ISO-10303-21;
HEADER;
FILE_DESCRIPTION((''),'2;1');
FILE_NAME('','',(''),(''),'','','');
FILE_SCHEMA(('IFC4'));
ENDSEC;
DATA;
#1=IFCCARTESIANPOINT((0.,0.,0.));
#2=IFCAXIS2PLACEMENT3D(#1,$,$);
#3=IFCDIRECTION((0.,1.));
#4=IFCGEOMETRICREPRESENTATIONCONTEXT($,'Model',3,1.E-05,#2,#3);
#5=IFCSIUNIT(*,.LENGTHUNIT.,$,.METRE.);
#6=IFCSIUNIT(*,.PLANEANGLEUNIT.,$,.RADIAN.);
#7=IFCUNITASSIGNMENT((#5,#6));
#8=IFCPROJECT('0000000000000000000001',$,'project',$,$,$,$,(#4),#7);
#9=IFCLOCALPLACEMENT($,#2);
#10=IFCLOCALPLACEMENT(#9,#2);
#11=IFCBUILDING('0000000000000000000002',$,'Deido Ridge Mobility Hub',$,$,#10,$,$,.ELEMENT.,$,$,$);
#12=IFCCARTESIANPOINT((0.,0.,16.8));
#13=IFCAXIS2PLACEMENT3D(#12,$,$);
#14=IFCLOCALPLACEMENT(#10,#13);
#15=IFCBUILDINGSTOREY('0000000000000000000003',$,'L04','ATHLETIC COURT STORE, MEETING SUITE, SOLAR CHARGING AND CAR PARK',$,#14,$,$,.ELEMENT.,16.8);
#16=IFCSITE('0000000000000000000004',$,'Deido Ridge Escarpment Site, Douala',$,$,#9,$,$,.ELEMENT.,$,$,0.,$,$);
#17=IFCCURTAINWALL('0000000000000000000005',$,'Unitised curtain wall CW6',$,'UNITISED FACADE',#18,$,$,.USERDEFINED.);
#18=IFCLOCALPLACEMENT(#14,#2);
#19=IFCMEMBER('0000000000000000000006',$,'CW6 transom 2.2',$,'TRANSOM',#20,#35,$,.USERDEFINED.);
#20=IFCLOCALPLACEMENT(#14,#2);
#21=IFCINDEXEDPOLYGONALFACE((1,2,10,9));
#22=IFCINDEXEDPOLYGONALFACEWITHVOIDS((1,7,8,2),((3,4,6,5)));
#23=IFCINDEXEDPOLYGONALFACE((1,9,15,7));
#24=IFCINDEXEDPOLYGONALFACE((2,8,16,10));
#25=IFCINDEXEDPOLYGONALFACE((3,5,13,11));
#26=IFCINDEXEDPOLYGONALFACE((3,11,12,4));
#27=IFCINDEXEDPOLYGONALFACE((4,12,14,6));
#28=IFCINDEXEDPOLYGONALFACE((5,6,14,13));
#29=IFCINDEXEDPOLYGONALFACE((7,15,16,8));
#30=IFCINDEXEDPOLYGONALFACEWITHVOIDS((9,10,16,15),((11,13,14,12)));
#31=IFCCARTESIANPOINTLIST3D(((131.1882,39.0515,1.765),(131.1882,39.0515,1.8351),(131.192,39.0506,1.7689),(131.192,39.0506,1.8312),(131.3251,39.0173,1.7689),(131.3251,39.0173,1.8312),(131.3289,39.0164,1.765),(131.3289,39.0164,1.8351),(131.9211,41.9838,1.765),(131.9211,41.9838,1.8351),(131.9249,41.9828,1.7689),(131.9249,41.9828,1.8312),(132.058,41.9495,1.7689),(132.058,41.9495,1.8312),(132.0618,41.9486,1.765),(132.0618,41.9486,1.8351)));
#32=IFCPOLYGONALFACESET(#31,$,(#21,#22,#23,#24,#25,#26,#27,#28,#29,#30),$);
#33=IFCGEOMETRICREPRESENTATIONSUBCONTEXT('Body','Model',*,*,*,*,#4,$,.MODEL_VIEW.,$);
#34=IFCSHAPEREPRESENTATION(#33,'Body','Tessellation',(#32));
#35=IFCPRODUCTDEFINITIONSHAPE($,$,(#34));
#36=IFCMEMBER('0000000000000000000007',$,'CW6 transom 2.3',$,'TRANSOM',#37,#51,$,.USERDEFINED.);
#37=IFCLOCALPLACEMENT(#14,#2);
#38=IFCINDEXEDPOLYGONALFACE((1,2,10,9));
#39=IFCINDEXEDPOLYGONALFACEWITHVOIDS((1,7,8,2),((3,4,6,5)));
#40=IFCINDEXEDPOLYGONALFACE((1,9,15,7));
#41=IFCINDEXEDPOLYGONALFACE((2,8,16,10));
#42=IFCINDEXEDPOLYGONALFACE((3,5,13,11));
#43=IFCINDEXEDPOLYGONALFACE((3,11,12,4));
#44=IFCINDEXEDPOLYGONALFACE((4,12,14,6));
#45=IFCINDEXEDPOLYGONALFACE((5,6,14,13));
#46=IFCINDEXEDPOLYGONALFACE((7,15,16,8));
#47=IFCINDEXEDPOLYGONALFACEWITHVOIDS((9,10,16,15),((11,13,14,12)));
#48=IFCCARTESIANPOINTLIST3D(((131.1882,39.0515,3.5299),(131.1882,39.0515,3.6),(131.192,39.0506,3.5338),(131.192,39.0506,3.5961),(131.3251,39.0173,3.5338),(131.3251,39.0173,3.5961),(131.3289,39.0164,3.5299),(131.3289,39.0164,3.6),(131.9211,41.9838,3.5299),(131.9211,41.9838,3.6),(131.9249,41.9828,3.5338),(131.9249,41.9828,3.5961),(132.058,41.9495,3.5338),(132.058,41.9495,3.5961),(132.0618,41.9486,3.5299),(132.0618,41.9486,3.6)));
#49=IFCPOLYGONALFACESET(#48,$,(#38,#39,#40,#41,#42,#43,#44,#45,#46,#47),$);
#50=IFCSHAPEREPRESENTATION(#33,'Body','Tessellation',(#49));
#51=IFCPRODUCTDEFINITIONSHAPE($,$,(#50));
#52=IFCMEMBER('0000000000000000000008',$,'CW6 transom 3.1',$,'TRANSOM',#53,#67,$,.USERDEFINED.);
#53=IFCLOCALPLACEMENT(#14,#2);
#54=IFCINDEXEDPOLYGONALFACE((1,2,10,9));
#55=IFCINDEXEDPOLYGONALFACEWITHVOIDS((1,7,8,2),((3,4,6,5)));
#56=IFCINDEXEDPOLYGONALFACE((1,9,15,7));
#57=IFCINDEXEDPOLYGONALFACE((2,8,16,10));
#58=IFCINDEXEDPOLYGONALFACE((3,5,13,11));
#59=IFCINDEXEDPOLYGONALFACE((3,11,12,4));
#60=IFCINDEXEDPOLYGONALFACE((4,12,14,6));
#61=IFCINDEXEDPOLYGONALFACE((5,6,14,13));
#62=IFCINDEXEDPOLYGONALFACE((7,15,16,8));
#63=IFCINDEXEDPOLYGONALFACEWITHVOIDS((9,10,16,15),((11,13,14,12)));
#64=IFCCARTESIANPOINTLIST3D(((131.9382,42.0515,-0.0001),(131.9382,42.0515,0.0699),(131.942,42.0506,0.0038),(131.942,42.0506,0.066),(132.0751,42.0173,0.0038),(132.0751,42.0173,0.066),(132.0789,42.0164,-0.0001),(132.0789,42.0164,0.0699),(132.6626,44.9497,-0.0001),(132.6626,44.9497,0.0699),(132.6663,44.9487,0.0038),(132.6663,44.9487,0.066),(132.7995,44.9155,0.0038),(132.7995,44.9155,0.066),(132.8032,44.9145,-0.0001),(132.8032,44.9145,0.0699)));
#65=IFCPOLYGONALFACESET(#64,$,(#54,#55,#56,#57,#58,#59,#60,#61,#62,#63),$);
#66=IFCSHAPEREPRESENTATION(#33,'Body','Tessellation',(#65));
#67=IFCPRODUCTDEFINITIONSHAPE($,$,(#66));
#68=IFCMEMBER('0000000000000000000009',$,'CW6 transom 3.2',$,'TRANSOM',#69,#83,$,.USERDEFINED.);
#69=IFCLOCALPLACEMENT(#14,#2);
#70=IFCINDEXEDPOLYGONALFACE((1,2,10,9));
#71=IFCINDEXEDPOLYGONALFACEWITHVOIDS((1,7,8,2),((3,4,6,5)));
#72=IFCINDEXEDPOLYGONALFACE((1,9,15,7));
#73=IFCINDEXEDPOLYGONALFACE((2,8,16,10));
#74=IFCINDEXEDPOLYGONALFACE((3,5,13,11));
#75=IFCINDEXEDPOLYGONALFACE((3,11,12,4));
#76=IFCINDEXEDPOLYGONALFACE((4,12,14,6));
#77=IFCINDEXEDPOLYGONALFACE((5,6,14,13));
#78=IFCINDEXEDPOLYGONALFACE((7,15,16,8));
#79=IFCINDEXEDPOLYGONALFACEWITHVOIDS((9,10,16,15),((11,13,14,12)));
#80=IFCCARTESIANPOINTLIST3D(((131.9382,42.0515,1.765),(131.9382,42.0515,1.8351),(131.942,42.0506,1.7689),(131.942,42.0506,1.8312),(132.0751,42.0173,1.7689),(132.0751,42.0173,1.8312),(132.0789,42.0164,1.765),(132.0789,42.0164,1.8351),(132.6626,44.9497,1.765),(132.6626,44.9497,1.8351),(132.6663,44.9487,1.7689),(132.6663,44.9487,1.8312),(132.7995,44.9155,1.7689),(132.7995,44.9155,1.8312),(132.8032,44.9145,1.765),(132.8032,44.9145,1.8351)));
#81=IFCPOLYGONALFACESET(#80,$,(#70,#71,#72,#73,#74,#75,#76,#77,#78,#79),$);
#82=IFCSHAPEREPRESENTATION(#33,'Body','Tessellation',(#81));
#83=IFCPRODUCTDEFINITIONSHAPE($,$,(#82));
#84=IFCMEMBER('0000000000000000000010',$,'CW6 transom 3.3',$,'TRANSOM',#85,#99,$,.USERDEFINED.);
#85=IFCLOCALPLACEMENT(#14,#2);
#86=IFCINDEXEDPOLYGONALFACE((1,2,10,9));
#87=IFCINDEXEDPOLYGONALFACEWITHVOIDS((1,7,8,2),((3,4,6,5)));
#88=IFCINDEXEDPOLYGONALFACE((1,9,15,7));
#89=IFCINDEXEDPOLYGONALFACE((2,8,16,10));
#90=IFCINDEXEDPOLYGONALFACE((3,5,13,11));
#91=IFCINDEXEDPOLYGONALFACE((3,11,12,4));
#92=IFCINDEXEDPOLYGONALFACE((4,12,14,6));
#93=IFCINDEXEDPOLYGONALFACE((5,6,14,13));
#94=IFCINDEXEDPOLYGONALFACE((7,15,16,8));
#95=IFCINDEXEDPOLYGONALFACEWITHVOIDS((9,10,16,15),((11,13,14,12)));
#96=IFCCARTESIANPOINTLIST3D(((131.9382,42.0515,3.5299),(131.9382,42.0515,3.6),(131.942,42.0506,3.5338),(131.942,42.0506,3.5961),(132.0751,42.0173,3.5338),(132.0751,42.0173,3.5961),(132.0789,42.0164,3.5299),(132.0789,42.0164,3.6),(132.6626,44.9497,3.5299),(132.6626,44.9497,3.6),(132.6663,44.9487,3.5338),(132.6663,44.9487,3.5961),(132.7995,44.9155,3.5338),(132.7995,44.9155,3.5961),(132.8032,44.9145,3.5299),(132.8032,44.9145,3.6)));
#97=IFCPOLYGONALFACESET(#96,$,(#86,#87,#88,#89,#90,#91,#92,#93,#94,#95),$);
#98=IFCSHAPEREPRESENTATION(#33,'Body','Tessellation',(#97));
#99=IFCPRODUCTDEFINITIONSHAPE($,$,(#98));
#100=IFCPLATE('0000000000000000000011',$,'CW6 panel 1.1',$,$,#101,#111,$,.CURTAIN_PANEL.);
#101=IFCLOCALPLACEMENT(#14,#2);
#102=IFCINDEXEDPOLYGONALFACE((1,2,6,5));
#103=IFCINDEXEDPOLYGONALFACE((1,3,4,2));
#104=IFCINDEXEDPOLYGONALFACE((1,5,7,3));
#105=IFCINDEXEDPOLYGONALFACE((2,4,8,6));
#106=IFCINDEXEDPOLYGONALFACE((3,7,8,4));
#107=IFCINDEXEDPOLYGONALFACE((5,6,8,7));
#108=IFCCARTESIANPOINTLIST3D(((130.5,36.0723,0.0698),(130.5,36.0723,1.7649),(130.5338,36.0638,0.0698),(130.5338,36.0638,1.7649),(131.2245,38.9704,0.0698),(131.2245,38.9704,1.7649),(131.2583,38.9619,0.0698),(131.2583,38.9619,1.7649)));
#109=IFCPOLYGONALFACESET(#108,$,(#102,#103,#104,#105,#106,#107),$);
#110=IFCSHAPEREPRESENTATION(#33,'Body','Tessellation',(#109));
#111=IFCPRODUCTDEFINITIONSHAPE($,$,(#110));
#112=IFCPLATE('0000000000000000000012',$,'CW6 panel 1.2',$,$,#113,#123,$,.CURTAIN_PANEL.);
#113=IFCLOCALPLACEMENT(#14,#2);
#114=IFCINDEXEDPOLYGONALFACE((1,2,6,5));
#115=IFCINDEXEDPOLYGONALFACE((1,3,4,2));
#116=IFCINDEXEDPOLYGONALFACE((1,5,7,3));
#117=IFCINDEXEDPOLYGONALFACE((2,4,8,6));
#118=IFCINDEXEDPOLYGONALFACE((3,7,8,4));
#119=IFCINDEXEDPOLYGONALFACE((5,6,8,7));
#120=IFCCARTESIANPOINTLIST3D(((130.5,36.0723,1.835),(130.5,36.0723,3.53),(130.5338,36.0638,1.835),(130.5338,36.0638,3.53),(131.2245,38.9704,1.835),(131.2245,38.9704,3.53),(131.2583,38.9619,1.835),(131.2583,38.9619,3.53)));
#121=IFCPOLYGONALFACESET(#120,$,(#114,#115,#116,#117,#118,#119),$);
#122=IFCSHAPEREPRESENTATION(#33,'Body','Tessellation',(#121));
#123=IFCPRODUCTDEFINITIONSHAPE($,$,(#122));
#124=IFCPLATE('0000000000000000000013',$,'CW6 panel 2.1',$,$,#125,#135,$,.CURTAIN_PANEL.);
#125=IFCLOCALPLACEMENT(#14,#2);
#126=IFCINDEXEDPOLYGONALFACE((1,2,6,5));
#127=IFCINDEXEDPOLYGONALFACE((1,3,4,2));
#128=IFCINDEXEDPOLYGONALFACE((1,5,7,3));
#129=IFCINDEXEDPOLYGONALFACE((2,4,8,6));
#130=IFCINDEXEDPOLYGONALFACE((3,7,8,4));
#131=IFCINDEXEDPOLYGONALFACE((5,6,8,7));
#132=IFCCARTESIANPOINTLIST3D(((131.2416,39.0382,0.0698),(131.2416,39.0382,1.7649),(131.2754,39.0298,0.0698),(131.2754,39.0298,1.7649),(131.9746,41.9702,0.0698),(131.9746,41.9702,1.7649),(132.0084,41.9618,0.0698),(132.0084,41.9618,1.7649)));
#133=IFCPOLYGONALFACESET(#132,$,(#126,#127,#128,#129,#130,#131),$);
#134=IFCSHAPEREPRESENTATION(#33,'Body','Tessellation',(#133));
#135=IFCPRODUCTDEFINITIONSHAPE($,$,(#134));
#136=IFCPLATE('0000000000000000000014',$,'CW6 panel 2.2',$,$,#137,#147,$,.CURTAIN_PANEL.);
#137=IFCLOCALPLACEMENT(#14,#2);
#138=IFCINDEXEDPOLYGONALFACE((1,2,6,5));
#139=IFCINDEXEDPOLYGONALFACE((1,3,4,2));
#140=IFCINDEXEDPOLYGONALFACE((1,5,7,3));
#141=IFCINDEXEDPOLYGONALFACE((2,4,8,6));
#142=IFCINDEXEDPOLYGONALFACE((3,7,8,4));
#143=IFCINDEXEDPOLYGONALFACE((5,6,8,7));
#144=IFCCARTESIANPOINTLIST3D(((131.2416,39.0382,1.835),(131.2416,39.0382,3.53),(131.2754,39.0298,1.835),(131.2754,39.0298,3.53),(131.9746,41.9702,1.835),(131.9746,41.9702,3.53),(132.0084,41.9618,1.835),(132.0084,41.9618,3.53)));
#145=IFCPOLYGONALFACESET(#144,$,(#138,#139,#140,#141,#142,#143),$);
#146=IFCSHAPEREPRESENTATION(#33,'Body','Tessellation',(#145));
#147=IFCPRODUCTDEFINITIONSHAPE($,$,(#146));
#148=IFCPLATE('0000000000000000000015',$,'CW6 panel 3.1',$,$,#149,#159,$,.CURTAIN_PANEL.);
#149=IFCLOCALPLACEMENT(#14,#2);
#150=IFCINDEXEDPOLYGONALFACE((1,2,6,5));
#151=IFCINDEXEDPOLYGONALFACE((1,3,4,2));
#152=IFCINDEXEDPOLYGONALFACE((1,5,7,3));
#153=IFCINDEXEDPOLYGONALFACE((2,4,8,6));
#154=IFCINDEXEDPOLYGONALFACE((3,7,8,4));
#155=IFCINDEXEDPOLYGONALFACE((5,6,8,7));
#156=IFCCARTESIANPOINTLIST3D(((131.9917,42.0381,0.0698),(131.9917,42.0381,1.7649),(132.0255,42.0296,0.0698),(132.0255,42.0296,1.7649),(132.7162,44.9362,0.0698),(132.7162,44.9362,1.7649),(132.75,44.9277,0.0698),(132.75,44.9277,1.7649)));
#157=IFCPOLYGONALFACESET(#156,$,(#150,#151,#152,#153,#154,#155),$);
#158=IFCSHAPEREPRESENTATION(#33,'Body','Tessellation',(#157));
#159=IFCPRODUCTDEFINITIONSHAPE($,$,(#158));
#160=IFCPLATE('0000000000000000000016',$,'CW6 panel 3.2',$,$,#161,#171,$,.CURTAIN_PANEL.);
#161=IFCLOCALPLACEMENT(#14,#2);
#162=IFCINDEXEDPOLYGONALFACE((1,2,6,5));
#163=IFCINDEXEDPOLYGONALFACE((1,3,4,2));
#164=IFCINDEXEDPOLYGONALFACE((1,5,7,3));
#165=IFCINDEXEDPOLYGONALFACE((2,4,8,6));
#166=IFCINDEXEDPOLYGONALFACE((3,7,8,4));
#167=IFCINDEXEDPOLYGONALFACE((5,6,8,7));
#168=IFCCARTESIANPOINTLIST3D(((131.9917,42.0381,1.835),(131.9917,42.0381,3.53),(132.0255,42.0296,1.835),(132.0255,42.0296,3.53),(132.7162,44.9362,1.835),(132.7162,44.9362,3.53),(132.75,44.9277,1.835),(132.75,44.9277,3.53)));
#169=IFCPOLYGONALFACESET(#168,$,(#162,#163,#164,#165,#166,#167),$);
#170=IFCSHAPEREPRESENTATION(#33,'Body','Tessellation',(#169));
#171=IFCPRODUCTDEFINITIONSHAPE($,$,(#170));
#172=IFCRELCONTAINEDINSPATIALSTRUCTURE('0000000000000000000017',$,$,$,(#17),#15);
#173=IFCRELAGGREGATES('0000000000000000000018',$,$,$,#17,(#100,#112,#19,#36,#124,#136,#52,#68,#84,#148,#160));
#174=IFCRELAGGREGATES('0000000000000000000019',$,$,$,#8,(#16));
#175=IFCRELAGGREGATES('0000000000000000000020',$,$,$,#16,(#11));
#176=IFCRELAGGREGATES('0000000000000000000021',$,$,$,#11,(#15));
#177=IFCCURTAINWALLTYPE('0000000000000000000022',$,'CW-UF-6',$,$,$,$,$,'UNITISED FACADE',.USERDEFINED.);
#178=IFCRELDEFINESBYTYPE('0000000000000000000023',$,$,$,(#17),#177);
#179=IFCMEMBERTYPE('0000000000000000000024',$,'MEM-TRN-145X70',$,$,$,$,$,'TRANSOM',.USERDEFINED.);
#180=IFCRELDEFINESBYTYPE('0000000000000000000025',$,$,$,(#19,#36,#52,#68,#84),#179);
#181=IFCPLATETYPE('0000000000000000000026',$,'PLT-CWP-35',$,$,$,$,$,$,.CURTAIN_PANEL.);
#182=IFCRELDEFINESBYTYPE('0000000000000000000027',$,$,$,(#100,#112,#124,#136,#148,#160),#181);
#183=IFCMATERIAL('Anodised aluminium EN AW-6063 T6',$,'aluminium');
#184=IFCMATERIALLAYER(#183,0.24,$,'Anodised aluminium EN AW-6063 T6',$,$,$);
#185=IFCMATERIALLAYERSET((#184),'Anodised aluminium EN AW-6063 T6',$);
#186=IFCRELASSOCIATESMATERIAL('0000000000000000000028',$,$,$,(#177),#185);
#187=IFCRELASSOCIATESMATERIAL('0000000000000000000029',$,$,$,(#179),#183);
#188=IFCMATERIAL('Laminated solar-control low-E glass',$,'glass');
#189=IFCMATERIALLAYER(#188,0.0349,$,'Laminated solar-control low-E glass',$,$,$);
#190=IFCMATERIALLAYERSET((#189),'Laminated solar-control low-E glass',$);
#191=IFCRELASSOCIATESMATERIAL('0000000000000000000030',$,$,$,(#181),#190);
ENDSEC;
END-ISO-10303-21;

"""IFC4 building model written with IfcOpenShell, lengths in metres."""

from ifc_helpers import new_model, si_unit, direction, frame, origin, origin_2d, place, context, subcontext, project, spatial, rectangle, hollow_rectangle, extrude, material, layer, layer_set, material_profile, profile_set, type_object, element, aggregate, save


model = new_model("IFC4")

# Units and contexts
model_context = context("Model", 3, precision=1e-05, world=origin(), true_north=direction((0.0, 1.0)))
body_context = subcontext(model_context, "Body", "Model", "MODEL_VIEW")
ifc_project = project(units=[si_unit("LENGTHUNIT", "METRE"), si_unit("PLANEANGLEUNIT", "RADIAN")], contexts=[model_context])

# Site, building, storey
site_placement = place(None, origin())
site = spatial("IfcSite", under=ifc_project, at=site_placement, Name="Deido Ridge Escarpment Site, Douala", CompositionType="ELEMENT", RefElevation=0.0)
building_placement = place(site_placement, origin())
building = spatial("IfcBuilding", under=site, at=building_placement, Name="Deido Ridge Mobility Hub", CompositionType="ELEMENT")
storey_placement = place(building_placement, frame((0.0, 0.0, 16.8)))
storey = spatial("IfcBuildingStorey", under=building, at=storey_placement, Name="L04", Description="ATHLETIC COURT STORE, MEETING SUITE, SOLAR CHARGING AND CAR PARK", CompositionType="ELEMENT", Elevation=16.8)

# Curtain wall, members, plates
ifc_material_1 = material(Name="Anodised aluminium EN AW-6063 T6", Category="aluminium")
ifc_layer_1 = layer(ifc_material_1, 0.24, Name="Anodised aluminium EN AW-6063 T6")
ifc_layer_set_1 = layer_set([ifc_layer_1], Name="Anodised aluminium EN AW-6063 T6")
curtain_wall_type = type_object("IfcCurtainWallType", Name="CW-UF-6", ElementType="UNITISED FACADE", PredefinedType="USERDEFINED", material=ifc_layer_set_1)
curtain_wall_placement = place(storey_placement, origin())
curtain_wall = element("IfcCurtainWall", 1, at=curtain_wall_placement, inside=storey, type_object=curtain_wall_type, Name="Unitised curtain wall CW6", ObjectType="UNITISED FACADE", PredefinedType="USERDEFINED")
ifc_material_profile_1 = material_profile(ifc_material_1, hollow_rectangle(XDim=0.145, YDim=0.0701, WallThickness=0.0039, at=origin_2d()), Name="RHS 145x70x4")
ifc_profile_set_1 = profile_set([ifc_material_profile_1], Name="Anodised aluminium EN AW-6063 T6")
member_type_1 = type_object("IfcMemberType", Name="MEM-TRN-145X70", ElementType="TRANSOM", PredefinedType="USERDEFINED", material=ifc_profile_set_1)
member_1_placement = place(storey_placement, frame((131.2585, 39.0339, 1.8), z_axis=(0.242498, 0.970152, 0.0), x_axis=(-0.970152, 0.242498, 0.0)))
member_1 = element("IfcMember", 2, at=member_1_placement, type_object=member_type_1, Name="CW6 transom 2.2", ObjectType="TRANSOM", PredefinedType="USERDEFINED", context=body_context, shape_type="SweptSolid", body=[
    extrude(hollow_rectangle(XDim=0.145, YDim=0.0701, WallThickness=0.0039, at=origin_2d()), origin(), (0.0, 0.0, 1.0), 3.0225),
])
member_2_placement = place(storey_placement, frame((131.2585, 39.0339, 3.5649), z_axis=(0.242498, 0.970152, 0.0), x_axis=(-0.970152, 0.242498, 0.0)))
member_2 = element("IfcMember", 3, at=member_2_placement, type_object=member_type_1, Name="CW6 transom 2.3", ObjectType="TRANSOM", PredefinedType="USERDEFINED", context=body_context, shape_type="SweptSolid", body=[
    extrude(hollow_rectangle(XDim=0.145, YDim=0.0701, WallThickness=0.0039, at=origin_2d()), origin(), (0.0, 0.0, 1.0), 3.0225),
])
member_3_placement = place(storey_placement, frame((132.0085, 42.0339, 0.0349), z_axis=(0.242478, 0.970157, 0.0), x_axis=(-0.970157, 0.242478, 0.0)))
member_3 = element("IfcMember", 4, at=member_3_placement, type_object=member_type_1, Name="CW6 transom 3.1", ObjectType="TRANSOM", PredefinedType="USERDEFINED", context=body_context, shape_type="SweptSolid", body=[
    extrude(hollow_rectangle(XDim=0.145, YDim=0.0701, WallThickness=0.0039, at=origin_2d()), origin(), (0.0, 0.0, 1.0), 2.9873),
])
member_4_placement = place(storey_placement, frame((132.0085, 42.0339, 1.8), z_axis=(0.242478, 0.970157, 0.0), x_axis=(-0.970157, 0.242478, 0.0)))
member_4 = element("IfcMember", 5, at=member_4_placement, type_object=member_type_1, Name="CW6 transom 3.2", ObjectType="TRANSOM", PredefinedType="USERDEFINED", context=body_context, shape_type="SweptSolid", body=[
    extrude(hollow_rectangle(XDim=0.145, YDim=0.0701, WallThickness=0.0039, at=origin_2d()), origin(), (0.0, 0.0, 1.0), 2.9873),
])
member_5_placement = place(storey_placement, frame((132.0085, 42.0339, 3.5649), z_axis=(0.242478, 0.970157, 0.0), x_axis=(-0.970157, 0.242478, 0.0)))
member_5 = element("IfcMember", 6, at=member_5_placement, type_object=member_type_1, Name="CW6 transom 3.3", ObjectType="TRANSOM", PredefinedType="USERDEFINED", context=body_context, shape_type="SweptSolid", body=[
    extrude(hollow_rectangle(XDim=0.145, YDim=0.0701, WallThickness=0.0039, at=origin_2d()), origin(), (0.0, 0.0, 1.0), 2.9873),
])
ifc_material_2 = material(Name="Laminated solar-control low-E glass", Category="glass")
ifc_layer_2 = layer(ifc_material_2, 0.0349, Name="Laminated solar-control low-E glass")
ifc_layer_set_2 = layer_set([ifc_layer_2], Name="Laminated solar-control low-E glass")
plate_type = type_object("IfcPlateType", Name="PLT-CWP-35", PredefinedType="CURTAIN_PANEL", material=ifc_layer_set_2)
plate_1_placement = place(storey_placement, frame((130.8792, 37.5171, 0.0698), z_axis=(0.0, 0.0, 1.0), x_axis=(0.242536, 0.970143, 0.0)))
plate_1 = element("IfcPlate", 7, at=plate_1_placement, type_object=plate_type, Name="CW6 panel 1.1", PredefinedType="CURTAIN_PANEL", context=body_context, shape_type="SweptSolid", body=[
    extrude(rectangle(XDim=2.9873, YDim=0.0349, at=origin_2d()), origin(), (0.0, 0.0, 1.0), 1.6951),
])
plate_2_placement = place(storey_placement, frame((130.8792, 37.5171, 1.835), z_axis=(0.0, 0.0, 1.0), x_axis=(0.242536, 0.970143, 0.0)))
plate_2 = element("IfcPlate", 8, at=plate_2_placement, type_object=plate_type, Name="CW6 panel 1.2", PredefinedType="CURTAIN_PANEL", context=body_context, shape_type="SweptSolid", body=[
    extrude(rectangle(XDim=2.9873, YDim=0.0349, at=origin_2d()), origin(), (0.0, 0.0, 1.0), 1.6951),
])
plate_3_placement = place(storey_placement, frame((131.625, 40.5, 0.0698), z_axis=(0.0, 0.0, 1.0), x_axis=(0.242536, 0.970143, 0.0)))
plate_3 = element("IfcPlate", 9, at=plate_3_placement, type_object=plate_type, Name="CW6 panel 2.1", PredefinedType="CURTAIN_PANEL", context=body_context, shape_type="SweptSolid", body=[
    extrude(rectangle(XDim=3.0222, YDim=0.0349, at=origin_2d()), origin(), (0.0, 0.0, 1.0), 1.6951),
])
plate_4_placement = place(storey_placement, frame((131.625, 40.5, 1.835), z_axis=(0.0, 0.0, 1.0), x_axis=(0.242536, 0.970143, 0.0)))
plate_4 = element("IfcPlate", 10, at=plate_4_placement, type_object=plate_type, Name="CW6 panel 2.2", PredefinedType="CURTAIN_PANEL", context=body_context, shape_type="SweptSolid", body=[
    extrude(rectangle(XDim=3.0222, YDim=0.0349, at=origin_2d()), origin(), (0.0, 0.0, 1.0), 1.6951),
])
plate_5_placement = place(storey_placement, frame((132.3708, 43.4829, 0.0698), z_axis=(0.0, 0.0, 1.0), x_axis=(0.242536, 0.970143, 0.0)))
plate_5 = element("IfcPlate", 11, at=plate_5_placement, type_object=plate_type, Name="CW6 panel 3.1", PredefinedType="CURTAIN_PANEL", context=body_context, shape_type="SweptSolid", body=[
    extrude(rectangle(XDim=2.9873, YDim=0.0349, at=origin_2d()), origin(), (0.0, 0.0, 1.0), 1.6951),
])
plate_6_placement = place(storey_placement, frame((132.3708, 43.4829, 1.835), z_axis=(0.0, 0.0, 1.0), x_axis=(0.242536, 0.970143, 0.0)))
plate_6 = element("IfcPlate", 12, at=plate_6_placement, type_object=plate_type, Name="CW6 panel 3.2", PredefinedType="CURTAIN_PANEL", context=body_context, shape_type="SweptSolid", body=[
    extrude(rectangle(XDim=2.9873, YDim=0.0349, at=origin_2d()), origin(), (0.0, 0.0, 1.0), 1.6951),
])
aggregate(curtain_wall, [plate_1, plate_2, member_1, member_2, plate_3, plate_4, member_3, member_4, member_5, plate_5, plate_6])

save(model, "model.ifc")
